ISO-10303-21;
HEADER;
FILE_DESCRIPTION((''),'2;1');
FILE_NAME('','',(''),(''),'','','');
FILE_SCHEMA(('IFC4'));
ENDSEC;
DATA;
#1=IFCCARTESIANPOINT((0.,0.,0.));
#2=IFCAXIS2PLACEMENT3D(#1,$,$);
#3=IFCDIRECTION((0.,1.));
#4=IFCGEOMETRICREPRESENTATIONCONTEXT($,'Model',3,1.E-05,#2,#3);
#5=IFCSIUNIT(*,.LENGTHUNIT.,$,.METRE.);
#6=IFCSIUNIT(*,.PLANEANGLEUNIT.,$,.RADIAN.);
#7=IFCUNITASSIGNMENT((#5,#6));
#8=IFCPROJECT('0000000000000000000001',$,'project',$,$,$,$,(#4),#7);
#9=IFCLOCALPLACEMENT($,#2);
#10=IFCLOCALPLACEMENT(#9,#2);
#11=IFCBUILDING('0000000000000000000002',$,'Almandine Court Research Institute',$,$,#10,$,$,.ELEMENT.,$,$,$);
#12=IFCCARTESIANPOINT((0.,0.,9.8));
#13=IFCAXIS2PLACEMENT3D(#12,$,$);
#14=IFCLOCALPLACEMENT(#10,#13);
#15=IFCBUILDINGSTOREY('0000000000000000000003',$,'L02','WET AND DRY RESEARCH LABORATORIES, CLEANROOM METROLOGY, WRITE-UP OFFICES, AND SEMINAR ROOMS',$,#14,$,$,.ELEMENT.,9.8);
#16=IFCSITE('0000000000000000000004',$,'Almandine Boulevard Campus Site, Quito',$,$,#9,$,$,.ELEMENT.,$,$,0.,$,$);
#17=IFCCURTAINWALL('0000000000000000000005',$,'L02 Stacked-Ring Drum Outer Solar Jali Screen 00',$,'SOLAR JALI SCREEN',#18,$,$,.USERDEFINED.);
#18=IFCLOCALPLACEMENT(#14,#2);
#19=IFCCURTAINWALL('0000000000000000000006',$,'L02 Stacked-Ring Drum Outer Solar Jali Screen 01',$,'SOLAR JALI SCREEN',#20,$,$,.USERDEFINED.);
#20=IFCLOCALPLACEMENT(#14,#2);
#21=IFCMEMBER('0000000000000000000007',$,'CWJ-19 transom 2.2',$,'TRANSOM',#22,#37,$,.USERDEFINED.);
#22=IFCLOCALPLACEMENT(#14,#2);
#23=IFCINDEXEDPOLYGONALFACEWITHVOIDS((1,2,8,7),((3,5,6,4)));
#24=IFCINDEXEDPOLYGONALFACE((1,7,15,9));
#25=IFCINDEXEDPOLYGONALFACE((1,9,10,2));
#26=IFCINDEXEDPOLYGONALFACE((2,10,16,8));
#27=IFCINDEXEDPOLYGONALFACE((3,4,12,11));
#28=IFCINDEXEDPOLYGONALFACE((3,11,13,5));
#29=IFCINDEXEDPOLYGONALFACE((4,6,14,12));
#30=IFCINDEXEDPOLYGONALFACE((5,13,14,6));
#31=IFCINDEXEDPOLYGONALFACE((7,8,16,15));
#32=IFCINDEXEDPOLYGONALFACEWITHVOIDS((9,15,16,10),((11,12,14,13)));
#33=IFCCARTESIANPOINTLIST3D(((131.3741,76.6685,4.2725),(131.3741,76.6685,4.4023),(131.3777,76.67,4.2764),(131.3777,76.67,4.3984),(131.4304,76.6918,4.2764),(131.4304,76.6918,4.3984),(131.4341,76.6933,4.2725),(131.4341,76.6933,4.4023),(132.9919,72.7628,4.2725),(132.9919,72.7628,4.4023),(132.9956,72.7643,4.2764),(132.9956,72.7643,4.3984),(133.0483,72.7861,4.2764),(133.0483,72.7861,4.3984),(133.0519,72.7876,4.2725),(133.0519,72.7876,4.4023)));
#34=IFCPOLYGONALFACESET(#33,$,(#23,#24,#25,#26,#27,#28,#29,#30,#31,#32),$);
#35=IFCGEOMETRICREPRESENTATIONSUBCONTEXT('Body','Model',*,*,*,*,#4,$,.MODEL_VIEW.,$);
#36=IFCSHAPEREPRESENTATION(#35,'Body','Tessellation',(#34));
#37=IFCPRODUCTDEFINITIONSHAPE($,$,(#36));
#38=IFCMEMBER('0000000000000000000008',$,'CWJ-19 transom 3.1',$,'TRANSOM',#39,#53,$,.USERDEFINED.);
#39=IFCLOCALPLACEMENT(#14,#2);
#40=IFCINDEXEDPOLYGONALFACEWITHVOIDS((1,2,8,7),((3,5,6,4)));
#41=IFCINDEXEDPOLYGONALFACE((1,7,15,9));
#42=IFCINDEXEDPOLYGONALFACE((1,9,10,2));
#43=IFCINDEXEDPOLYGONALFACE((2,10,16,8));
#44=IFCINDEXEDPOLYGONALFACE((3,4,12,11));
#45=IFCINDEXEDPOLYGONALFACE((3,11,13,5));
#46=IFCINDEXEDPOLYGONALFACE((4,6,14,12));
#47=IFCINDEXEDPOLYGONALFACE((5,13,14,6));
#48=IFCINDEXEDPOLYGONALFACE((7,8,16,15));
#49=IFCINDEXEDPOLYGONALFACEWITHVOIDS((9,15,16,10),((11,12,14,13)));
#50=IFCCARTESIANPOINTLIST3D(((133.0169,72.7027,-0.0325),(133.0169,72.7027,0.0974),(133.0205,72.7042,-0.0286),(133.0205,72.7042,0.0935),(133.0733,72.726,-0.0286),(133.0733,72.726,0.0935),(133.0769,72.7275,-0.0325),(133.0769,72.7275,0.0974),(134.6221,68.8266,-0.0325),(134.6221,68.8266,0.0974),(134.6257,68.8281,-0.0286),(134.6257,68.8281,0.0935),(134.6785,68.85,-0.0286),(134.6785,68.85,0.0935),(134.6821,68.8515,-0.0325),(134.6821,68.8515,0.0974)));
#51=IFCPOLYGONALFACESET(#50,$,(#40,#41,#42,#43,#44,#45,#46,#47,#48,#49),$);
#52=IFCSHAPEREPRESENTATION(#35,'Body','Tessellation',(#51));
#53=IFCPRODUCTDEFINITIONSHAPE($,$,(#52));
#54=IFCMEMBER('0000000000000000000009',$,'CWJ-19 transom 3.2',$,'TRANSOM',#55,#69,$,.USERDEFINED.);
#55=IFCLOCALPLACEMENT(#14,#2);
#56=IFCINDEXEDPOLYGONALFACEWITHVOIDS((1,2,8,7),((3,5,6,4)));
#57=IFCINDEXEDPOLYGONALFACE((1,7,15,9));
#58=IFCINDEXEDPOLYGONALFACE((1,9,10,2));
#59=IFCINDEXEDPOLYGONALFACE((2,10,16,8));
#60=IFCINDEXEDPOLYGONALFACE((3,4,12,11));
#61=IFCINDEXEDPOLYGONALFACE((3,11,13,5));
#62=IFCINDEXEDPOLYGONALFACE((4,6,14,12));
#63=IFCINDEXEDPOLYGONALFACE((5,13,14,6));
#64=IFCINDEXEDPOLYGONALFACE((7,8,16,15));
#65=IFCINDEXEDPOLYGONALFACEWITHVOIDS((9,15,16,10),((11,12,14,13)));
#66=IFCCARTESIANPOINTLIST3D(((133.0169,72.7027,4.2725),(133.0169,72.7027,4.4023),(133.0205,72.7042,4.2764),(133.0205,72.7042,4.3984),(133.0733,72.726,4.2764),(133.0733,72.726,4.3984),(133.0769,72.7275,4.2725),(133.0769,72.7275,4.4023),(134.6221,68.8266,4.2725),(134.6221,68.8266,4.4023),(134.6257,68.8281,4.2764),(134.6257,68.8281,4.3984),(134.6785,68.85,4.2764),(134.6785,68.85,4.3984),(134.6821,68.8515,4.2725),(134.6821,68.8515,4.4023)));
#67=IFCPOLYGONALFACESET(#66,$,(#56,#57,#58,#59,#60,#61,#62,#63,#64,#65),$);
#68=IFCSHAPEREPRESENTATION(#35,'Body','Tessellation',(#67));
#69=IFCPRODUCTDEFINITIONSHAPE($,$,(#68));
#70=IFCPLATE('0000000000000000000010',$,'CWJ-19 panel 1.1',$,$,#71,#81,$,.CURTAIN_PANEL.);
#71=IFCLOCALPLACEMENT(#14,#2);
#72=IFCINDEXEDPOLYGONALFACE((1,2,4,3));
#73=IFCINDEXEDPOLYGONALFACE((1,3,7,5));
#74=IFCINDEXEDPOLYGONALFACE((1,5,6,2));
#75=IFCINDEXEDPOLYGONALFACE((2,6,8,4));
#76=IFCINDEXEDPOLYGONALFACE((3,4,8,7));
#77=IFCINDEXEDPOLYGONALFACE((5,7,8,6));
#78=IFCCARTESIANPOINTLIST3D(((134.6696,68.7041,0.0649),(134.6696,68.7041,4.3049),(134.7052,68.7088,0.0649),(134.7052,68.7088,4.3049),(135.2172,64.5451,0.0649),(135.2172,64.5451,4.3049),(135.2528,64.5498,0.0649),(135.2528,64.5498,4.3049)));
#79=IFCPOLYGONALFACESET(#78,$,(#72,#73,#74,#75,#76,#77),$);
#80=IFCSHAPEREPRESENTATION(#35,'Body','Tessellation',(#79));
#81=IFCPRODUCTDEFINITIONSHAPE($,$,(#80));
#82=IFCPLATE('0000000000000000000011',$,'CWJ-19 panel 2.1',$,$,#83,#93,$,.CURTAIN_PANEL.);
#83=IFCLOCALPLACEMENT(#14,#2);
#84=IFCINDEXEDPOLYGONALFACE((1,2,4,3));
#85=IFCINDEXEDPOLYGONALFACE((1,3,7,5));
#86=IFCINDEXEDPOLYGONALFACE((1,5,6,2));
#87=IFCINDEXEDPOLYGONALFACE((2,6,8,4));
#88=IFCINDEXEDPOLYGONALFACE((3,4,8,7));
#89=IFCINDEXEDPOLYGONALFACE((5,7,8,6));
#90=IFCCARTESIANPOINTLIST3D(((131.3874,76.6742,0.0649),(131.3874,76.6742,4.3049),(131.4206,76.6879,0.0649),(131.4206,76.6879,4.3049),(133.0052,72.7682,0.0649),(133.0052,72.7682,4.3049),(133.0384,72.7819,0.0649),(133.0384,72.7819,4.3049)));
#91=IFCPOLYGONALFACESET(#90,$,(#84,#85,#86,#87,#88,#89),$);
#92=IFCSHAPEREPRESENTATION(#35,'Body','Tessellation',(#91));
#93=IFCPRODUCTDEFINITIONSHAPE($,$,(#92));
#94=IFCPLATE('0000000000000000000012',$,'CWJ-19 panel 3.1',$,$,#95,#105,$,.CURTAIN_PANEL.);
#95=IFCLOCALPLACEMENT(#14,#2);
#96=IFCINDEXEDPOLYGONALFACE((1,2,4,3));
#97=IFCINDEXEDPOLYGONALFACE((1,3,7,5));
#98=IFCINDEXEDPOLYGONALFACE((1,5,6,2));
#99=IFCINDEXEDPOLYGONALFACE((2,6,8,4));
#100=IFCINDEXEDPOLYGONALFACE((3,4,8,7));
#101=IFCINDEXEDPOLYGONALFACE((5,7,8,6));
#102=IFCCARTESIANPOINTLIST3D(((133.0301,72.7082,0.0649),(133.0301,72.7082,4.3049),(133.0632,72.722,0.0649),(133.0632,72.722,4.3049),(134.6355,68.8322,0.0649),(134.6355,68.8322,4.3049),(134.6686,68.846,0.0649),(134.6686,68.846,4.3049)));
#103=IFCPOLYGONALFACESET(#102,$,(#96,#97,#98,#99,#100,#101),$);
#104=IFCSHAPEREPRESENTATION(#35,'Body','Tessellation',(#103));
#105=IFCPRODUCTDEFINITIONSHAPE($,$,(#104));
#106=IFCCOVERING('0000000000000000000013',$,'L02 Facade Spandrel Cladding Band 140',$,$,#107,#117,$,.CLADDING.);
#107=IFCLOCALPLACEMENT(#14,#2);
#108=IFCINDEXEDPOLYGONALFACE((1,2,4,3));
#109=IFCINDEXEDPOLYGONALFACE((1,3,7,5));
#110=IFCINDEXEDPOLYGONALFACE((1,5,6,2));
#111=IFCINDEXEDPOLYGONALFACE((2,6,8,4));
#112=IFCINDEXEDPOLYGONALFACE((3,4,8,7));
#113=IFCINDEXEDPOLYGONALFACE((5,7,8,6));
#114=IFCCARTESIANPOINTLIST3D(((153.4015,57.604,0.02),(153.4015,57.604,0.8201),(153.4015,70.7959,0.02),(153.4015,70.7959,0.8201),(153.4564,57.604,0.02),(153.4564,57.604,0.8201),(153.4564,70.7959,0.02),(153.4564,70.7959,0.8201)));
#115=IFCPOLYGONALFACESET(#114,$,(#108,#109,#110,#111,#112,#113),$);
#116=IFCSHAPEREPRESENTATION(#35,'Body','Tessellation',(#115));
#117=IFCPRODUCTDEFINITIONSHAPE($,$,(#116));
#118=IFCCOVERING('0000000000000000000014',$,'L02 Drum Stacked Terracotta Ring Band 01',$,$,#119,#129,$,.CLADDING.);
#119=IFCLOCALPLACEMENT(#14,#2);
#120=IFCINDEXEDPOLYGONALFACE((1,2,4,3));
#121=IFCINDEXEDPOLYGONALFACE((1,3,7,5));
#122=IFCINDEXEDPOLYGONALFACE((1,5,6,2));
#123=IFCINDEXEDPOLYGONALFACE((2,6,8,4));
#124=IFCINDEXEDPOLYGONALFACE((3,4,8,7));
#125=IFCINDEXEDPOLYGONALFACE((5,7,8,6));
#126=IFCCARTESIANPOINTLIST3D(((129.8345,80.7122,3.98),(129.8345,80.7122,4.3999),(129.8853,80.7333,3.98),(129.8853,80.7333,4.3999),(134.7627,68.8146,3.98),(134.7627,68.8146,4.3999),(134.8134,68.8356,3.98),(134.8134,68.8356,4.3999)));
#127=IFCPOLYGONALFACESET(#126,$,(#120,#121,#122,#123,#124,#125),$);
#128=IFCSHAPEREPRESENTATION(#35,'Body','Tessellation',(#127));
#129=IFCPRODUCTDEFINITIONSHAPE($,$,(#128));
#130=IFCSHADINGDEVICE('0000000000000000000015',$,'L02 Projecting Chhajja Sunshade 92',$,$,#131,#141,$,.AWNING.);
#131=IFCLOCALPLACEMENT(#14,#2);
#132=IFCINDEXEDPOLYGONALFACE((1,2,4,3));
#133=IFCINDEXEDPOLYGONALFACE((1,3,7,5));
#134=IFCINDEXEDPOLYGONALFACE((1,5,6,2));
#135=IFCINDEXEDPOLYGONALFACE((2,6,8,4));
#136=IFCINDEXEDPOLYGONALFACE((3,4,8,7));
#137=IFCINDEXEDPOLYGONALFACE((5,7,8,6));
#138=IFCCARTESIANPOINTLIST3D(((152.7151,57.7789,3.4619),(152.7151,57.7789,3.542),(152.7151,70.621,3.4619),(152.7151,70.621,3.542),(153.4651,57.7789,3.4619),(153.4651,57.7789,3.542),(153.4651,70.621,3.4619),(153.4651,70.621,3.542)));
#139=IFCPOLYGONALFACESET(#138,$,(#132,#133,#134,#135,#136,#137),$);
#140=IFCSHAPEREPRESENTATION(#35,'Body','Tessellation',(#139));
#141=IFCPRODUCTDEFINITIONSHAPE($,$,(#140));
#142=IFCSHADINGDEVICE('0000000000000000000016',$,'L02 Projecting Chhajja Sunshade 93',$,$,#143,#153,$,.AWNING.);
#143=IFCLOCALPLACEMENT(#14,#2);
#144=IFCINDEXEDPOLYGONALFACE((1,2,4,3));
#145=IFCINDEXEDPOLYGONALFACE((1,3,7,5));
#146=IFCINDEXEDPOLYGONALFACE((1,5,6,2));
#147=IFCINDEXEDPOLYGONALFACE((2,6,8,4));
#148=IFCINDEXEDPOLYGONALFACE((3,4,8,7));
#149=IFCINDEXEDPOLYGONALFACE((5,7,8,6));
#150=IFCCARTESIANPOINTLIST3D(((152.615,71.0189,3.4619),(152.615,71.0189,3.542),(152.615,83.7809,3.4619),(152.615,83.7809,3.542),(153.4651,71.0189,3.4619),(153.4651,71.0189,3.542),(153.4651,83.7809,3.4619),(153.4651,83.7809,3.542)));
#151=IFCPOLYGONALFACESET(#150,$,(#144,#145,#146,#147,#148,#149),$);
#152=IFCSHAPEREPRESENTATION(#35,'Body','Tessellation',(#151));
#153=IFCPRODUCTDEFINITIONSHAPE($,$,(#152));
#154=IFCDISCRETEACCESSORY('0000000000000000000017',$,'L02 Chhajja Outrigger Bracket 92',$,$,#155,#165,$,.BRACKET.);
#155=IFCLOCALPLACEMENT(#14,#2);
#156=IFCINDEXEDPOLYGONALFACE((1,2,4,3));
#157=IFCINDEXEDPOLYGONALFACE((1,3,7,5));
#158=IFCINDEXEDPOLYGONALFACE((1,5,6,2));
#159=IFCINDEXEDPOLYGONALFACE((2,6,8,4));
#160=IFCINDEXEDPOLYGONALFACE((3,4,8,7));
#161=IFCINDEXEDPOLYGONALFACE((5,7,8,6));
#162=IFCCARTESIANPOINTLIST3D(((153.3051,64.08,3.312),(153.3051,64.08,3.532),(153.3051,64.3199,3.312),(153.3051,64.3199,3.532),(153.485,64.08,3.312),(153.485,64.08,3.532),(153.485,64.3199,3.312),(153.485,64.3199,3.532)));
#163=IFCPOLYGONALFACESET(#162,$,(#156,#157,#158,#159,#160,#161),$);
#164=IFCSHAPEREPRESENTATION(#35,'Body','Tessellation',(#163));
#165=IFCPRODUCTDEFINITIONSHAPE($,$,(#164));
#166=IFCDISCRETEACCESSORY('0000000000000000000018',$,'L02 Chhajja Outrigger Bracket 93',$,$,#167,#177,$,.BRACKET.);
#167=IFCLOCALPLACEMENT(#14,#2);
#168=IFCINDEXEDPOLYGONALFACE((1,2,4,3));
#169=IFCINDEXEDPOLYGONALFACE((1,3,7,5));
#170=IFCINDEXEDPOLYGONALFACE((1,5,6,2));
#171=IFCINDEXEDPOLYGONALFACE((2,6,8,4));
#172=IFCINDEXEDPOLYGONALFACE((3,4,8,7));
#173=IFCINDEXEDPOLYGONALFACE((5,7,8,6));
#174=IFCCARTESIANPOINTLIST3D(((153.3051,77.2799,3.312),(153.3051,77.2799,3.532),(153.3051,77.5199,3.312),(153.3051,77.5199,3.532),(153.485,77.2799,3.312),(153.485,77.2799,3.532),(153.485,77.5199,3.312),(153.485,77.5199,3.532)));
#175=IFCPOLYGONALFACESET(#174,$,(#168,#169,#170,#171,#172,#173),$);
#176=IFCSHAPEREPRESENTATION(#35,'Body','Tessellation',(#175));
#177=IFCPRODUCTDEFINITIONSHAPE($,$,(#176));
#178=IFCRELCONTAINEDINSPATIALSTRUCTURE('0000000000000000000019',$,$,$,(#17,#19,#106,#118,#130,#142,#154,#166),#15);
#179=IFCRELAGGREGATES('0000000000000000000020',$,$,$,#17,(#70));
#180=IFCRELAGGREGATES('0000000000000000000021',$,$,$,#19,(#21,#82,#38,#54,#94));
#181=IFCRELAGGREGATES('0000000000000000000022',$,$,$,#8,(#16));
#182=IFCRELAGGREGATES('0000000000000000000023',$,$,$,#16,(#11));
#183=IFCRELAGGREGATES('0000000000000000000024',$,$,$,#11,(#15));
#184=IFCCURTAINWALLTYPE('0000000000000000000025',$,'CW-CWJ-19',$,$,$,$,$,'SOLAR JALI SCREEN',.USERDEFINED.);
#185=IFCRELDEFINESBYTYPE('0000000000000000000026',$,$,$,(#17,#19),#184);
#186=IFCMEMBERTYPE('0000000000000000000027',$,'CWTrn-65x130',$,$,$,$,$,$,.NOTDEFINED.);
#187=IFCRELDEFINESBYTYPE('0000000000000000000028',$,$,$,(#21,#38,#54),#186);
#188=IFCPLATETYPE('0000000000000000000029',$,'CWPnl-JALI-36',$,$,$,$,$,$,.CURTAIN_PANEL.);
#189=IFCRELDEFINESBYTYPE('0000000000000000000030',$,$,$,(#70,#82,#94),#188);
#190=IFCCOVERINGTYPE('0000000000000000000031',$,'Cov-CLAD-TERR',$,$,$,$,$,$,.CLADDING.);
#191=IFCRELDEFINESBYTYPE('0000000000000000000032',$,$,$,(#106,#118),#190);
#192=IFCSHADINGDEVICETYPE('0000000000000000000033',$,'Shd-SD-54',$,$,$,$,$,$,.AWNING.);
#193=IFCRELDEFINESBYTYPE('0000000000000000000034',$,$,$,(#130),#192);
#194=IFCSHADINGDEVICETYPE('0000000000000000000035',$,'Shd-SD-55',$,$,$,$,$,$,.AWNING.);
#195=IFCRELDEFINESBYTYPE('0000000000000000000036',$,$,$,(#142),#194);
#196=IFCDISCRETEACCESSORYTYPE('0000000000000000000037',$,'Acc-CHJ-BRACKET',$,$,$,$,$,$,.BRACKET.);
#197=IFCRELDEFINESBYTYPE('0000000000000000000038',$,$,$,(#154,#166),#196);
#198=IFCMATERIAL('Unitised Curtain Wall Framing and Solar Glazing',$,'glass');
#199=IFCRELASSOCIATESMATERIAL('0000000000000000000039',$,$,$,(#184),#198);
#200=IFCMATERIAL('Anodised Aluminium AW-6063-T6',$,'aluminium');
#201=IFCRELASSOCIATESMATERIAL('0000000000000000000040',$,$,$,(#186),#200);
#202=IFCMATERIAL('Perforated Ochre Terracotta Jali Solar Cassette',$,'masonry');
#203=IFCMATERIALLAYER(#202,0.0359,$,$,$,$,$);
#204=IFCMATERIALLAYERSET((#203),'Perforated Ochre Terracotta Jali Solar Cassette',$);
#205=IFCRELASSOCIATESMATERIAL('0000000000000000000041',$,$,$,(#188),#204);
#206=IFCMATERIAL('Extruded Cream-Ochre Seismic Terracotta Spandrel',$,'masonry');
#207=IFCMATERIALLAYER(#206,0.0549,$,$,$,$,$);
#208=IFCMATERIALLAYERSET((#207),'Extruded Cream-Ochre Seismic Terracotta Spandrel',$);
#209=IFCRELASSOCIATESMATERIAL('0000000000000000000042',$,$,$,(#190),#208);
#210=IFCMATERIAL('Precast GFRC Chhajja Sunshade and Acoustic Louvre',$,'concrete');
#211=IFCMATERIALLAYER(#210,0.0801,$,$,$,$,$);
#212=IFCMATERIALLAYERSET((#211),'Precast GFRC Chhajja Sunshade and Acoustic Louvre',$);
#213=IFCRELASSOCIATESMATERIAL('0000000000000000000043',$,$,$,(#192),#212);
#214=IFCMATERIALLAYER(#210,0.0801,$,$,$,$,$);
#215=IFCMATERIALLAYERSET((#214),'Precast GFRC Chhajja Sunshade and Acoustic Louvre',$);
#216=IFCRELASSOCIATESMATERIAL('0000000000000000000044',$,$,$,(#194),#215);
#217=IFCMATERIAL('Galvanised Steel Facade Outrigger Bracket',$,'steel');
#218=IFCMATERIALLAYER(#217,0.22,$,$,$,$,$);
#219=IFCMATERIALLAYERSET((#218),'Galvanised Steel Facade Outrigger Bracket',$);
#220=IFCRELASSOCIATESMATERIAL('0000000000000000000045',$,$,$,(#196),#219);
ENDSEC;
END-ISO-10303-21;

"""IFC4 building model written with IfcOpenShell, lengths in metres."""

from ifc_helpers import new_model, si_unit, direction, frame, origin, origin_2d, place, context, subcontext, project, spatial, rectangle, hollow_rectangle, extrude, material, layer, layer_set, material_profile, profile_set, type_object, element, aggregate, save


model = new_model("IFC4")

# Units and contexts
model_context = context("Model", 3, precision=1e-05, world=origin(), true_north=direction((0.0, 1.0)))
body_context = subcontext(model_context, "Body", "Model", "MODEL_VIEW")
ifc_project = project(units=[si_unit("LENGTHUNIT", "METRE"), si_unit("PLANEANGLEUNIT", "RADIAN")], contexts=[model_context])

# Site, building, storey
site_placement = place(None, origin())
site = spatial("IfcSite", under=ifc_project, at=site_placement, Name="Almandine Boulevard Campus Site, Quito", CompositionType="ELEMENT", RefElevation=0.0)
building_placement = place(site_placement, origin())
building = spatial("IfcBuilding", under=site, at=building_placement, Name="Almandine Court Research Institute", CompositionType="ELEMENT")
storey_placement = place(building_placement, frame((0.0, 0.0, 9.8)))
storey = spatial("IfcBuildingStorey", under=building, at=storey_placement, Name="L02", Description="WET AND DRY RESEARCH LABORATORIES, CLEANROOM METROLOGY, WRITE-UP OFFICES, AND SEMINAR ROOMS", CompositionType="ELEMENT", Elevation=9.8)

# Curtain walls
ifc_material_1 = material(Name="Unitised Curtain Wall Framing and Solar Glazing", Category="glass")
curtain_wall_type = type_object("IfcCurtainWallType", Name="CW-CWJ-19", ElementType="SOLAR JALI SCREEN", PredefinedType="USERDEFINED", material=ifc_material_1)
curtain_wall_1_placement = place(storey_placement, origin())
curtain_wall_1 = element("IfcCurtainWall", 1, at=curtain_wall_1_placement, inside=storey, type_object=curtain_wall_type, Name="L02 Stacked-Ring Drum Outer Solar Jali Screen 00", ObjectType="SOLAR JALI SCREEN", PredefinedType="USERDEFINED")
ifc_material_2 = material(Name="Anodised Aluminium AW-6063-T6", Category="aluminium")
curtain_wall_2_placement = place(storey_placement, origin())
curtain_wall_2 = element("IfcCurtainWall", 2, at=curtain_wall_2_placement, inside=storey, type_object=curtain_wall_type, Name="L02 Stacked-Ring Drum Outer Solar Jali Screen 01", ObjectType="SOLAR JALI SCREEN", PredefinedType="USERDEFINED")

# Members
ifc_material_profile_1 = material_profile(ifc_material_2, hollow_rectangle(XDim=0.0649, YDim=0.1299, WallThickness=0.0039, at=origin_2d()), Name="ALU RHS 65x130x4")
ifc_profile_set_1 = profile_set([ifc_material_profile_1], Name="Anodised Aluminium AW-6063-T6")
member_type_1 = type_object("IfcMemberType", Name="CWTrn-65x130", PredefinedType="NOTDEFINED", material=ifc_profile_set_1)
member_1_placement = place(storey_placement, frame((131.4041, 76.6809, 4.3374), z_axis=(0.382704, -0.923871, 0.0), x_axis=(0.923871, 0.382704, 0.0)))
member_1 = element("IfcMember", 3, at=member_1_placement, type_object=member_type_1, Name="CWJ-19 transom 2.2", ObjectType="TRANSOM", PredefinedType="USERDEFINED", context=body_context, shape_type="SweptSolid", body=[
    extrude(hollow_rectangle(XDim=0.0649, YDim=0.1299, WallThickness=0.0039, at=origin_2d()), origin(), (0.0, 0.0, 1.0), 4.2275),
])
member_2_placement = place(storey_placement, frame((133.0469, 72.7151, 0.0325), z_axis=(0.382631, -0.923901, 0.0), x_axis=(0.923901, 0.382631, 0.0)))
member_2 = element("IfcMember", 4, at=member_2_placement, type_object=member_type_1, Name="CWJ-19 transom 3.1", ObjectType="TRANSOM", PredefinedType="USERDEFINED", context=body_context, shape_type="SweptSolid", body=[
    extrude(hollow_rectangle(XDim=0.0649, YDim=0.1299, WallThickness=0.0039, at=origin_2d()), origin(), (0.0, 0.0, 1.0), 4.1953),
])
member_3_placement = place(storey_placement, frame((133.0469, 72.7151, 4.3374), z_axis=(0.382631, -0.923901, 0.0), x_axis=(0.923901, 0.382631, 0.0)))
member_3 = element("IfcMember", 5, at=member_3_placement, type_object=member_type_1, Name="CWJ-19 transom 3.2", ObjectType="TRANSOM", PredefinedType="USERDEFINED", context=body_context, shape_type="SweptSolid", body=[
    extrude(hollow_rectangle(XDim=0.0649, YDim=0.1299, WallThickness=0.0039, at=origin_2d()), origin(), (0.0, 0.0, 1.0), 4.1953),
])

# Plates
ifc_material_3 = material(Name="Perforated Ochre Terracotta Jali Solar Cassette", Category="masonry")
ifc_layer_1 = layer(ifc_material_3, 0.0359)
ifc_layer_set_1 = layer_set([ifc_layer_1], Name="Perforated Ochre Terracotta Jali Solar Cassette")
plate_type = type_object("IfcPlateType", Name="CWPnl-JALI-36", PredefinedType="CURTAIN_PANEL", material=ifc_layer_set_1)
plate_1_placement = place(storey_placement, frame((134.9612, 66.627, 0.0649), z_axis=(0.0, 0.0, 1.0), x_axis=(0.130541, -0.991443, 0.0)))
plate_1 = element("IfcPlate", 6, at=plate_1_placement, type_object=plate_type, Name="CWJ-19 panel 1.1", PredefinedType="CURTAIN_PANEL", context=body_context, shape_type="SweptSolid", body=[
    extrude(rectangle(XDim=4.1948, YDim=0.0359, at=origin_2d()), origin(), (0.0, 0.0, 1.0), 4.24),
])
aggregate(curtain_wall_1, [plate_1])
plate_2_placement = place(storey_placement, frame((132.2129, 74.728, 0.0649), z_axis=(0.0, 0.0, 1.0), x_axis=(0.382663, -0.923888, 0.0)))
plate_2 = element("IfcPlate", 7, at=plate_2_placement, type_object=plate_type, Name="CWJ-19 panel 2.1", PredefinedType="CURTAIN_PANEL", context=body_context, shape_type="SweptSolid", body=[
    extrude(rectangle(XDim=4.2278, YDim=0.0359, at=origin_2d()), origin(), (0.0, 0.0, 1.0), 4.24),
])
plate_3_placement = place(storey_placement, frame((133.8494, 70.7771, 0.0649), z_axis=(0.0, 0.0, 1.0), x_axis=(0.382663, -0.923888, 0.0)))
plate_3 = element("IfcPlate", 8, at=plate_3_placement, type_object=plate_type, Name="CWJ-19 panel 3.1", PredefinedType="CURTAIN_PANEL", context=body_context, shape_type="SweptSolid", body=[
    extrude(rectangle(XDim=4.1953, YDim=0.0359, at=origin_2d()), origin(), (0.0, 0.0, 1.0), 4.24),
])
aggregate(curtain_wall_2, [member_1, plate_2, member_2, member_3, plate_3])

# Coverings
ifc_material_4 = material(Name="Extruded Cream-Ochre Seismic Terracotta Spandrel", Category="masonry")
ifc_layer_2 = layer(ifc_material_4, 0.0549)
ifc_layer_set_2 = layer_set([ifc_layer_2], Name="Extruded Cream-Ochre Seismic Terracotta Spandrel")
covering_type = type_object("IfcCoveringType", Name="Cov-CLAD-TERR", PredefinedType="CLADDING", material=ifc_layer_set_2)
covering_1_placement = place(storey_placement, frame((153.429, 64.2, 0.02), z_axis=(0.0, 0.0, 1.0), x_axis=(0.0, 1.0, 0.0)))
element("IfcCovering", 9, at=covering_1_placement, inside=storey, type_object=covering_type, Name="L02 Facade Spandrel Cladding Band 140", PredefinedType="CLADDING", context=body_context, shape_type="SweptSolid", body=[
    extrude(rectangle(XDim=13.1919, YDim=0.0549, at=origin_2d()), origin(), (0.0, 0.0, 1.0), 0.8),
])
covering_2_placement = place(storey_placement, frame((132.324, 74.7739, 3.98), z_axis=(0.0, 0.0, 1.0), x_axis=(0.382683, -0.92388, 0.0)))
element("IfcCovering", 10, at=covering_2_placement, inside=storey, type_object=covering_type, Name="L02 Drum Stacked Terracotta Ring Band 01", PredefinedType="CLADDING", context=body_context, shape_type="SweptSolid", body=[
    extrude(rectangle(XDim=12.8779, YDim=0.0549, at=origin_2d()), origin(), (0.0, 0.0, 1.0), 0.4199),
])

# Shading devices
ifc_material_5 = material(Name="Precast GFRC Chhajja Sunshade and Acoustic Louvre", Category="concrete")
ifc_layer_3 = layer(ifc_material_5, 0.0801)
ifc_layer_set_3 = layer_set([ifc_layer_3], Name="Precast GFRC Chhajja Sunshade and Acoustic Louvre")
shading_device_type_1 = type_object("IfcShadingDeviceType", Name="Shd-SD-54", PredefinedType="AWNING", material=ifc_layer_set_3)
shading_device_1_placement = place(storey_placement, frame((153.0901, 64.2, 3.4619), z_axis=(0.0, 0.0, 1.0), x_axis=(0.0, 1.0, 0.0)))
element("IfcShadingDevice", 11, at=shading_device_1_placement, inside=storey, type_object=shading_device_type_1, Name="L02 Projecting Chhajja Sunshade 92", PredefinedType="AWNING", context=body_context, shape_type="SweptSolid", body=[
    extrude(rectangle(XDim=12.842, YDim=0.75, at=origin_2d()), origin(), (0.0, 0.0, 1.0), 0.0801),
])
ifc_layer_4 = layer(ifc_material_5, 0.0801)
ifc_layer_set_4 = layer_set([ifc_layer_4], Name="Precast GFRC Chhajja Sunshade and Acoustic Louvre")
shading_device_type_2 = type_object("IfcShadingDeviceType", Name="Shd-SD-55", PredefinedType="AWNING", material=ifc_layer_set_4)
shading_device_2_placement = place(storey_placement, frame((153.04, 77.3999, 3.4619), z_axis=(0.0, 0.0, 1.0), x_axis=(0.0, 1.0, 0.0)))
element("IfcShadingDevice", 12, at=shading_device_2_placement, inside=storey, type_object=shading_device_type_2, Name="L02 Projecting Chhajja Sunshade 93", PredefinedType="AWNING", context=body_context, shape_type="SweptSolid", body=[
    extrude(rectangle(XDim=12.762, YDim=0.8501, at=origin_2d()), origin(), (0.0, 0.0, 1.0), 0.0801),
])

# Discrete accessories
ifc_material_6 = material(Name="Galvanised Steel Facade Outrigger Bracket", Category="steel")
ifc_layer_5 = layer(ifc_material_6, 0.22)
ifc_layer_set_5 = layer_set([ifc_layer_5], Name="Galvanised Steel Facade Outrigger Bracket")
discrete_accessory_type = type_object("IfcDiscreteAccessoryType", Name="Acc-CHJ-BRACKET", PredefinedType="BRACKET", material=ifc_layer_set_5)
for number, where, z_axis, x_axis, name in (
    (13, (153.395, 64.2, 3.312), (0.0, 0.0, 1.0), (0.0, 1.0, 0.0), "L02 Chhajja Outrigger Bracket 92"),
    (14, (153.395, 77.3999, 3.312), (0.0, 0.0, 1.0), (0.0, 1.0, 0.0), "L02 Chhajja Outrigger Bracket 93"),
):
    element("IfcDiscreteAccessory", number, at=place(storey_placement, frame(where, z_axis=z_axis, x_axis=x_axis)), inside=storey, type_object=discrete_accessory_type, Name=name, PredefinedType="BRACKET", context=body_context, shape_type="SweptSolid", body=[
        extrude(rectangle(XDim=0.24, YDim=0.1799, at=origin_2d()), origin(), (0.0, 0.0, 1.0), 0.22),
    ])

save(model, "model.ifc")
